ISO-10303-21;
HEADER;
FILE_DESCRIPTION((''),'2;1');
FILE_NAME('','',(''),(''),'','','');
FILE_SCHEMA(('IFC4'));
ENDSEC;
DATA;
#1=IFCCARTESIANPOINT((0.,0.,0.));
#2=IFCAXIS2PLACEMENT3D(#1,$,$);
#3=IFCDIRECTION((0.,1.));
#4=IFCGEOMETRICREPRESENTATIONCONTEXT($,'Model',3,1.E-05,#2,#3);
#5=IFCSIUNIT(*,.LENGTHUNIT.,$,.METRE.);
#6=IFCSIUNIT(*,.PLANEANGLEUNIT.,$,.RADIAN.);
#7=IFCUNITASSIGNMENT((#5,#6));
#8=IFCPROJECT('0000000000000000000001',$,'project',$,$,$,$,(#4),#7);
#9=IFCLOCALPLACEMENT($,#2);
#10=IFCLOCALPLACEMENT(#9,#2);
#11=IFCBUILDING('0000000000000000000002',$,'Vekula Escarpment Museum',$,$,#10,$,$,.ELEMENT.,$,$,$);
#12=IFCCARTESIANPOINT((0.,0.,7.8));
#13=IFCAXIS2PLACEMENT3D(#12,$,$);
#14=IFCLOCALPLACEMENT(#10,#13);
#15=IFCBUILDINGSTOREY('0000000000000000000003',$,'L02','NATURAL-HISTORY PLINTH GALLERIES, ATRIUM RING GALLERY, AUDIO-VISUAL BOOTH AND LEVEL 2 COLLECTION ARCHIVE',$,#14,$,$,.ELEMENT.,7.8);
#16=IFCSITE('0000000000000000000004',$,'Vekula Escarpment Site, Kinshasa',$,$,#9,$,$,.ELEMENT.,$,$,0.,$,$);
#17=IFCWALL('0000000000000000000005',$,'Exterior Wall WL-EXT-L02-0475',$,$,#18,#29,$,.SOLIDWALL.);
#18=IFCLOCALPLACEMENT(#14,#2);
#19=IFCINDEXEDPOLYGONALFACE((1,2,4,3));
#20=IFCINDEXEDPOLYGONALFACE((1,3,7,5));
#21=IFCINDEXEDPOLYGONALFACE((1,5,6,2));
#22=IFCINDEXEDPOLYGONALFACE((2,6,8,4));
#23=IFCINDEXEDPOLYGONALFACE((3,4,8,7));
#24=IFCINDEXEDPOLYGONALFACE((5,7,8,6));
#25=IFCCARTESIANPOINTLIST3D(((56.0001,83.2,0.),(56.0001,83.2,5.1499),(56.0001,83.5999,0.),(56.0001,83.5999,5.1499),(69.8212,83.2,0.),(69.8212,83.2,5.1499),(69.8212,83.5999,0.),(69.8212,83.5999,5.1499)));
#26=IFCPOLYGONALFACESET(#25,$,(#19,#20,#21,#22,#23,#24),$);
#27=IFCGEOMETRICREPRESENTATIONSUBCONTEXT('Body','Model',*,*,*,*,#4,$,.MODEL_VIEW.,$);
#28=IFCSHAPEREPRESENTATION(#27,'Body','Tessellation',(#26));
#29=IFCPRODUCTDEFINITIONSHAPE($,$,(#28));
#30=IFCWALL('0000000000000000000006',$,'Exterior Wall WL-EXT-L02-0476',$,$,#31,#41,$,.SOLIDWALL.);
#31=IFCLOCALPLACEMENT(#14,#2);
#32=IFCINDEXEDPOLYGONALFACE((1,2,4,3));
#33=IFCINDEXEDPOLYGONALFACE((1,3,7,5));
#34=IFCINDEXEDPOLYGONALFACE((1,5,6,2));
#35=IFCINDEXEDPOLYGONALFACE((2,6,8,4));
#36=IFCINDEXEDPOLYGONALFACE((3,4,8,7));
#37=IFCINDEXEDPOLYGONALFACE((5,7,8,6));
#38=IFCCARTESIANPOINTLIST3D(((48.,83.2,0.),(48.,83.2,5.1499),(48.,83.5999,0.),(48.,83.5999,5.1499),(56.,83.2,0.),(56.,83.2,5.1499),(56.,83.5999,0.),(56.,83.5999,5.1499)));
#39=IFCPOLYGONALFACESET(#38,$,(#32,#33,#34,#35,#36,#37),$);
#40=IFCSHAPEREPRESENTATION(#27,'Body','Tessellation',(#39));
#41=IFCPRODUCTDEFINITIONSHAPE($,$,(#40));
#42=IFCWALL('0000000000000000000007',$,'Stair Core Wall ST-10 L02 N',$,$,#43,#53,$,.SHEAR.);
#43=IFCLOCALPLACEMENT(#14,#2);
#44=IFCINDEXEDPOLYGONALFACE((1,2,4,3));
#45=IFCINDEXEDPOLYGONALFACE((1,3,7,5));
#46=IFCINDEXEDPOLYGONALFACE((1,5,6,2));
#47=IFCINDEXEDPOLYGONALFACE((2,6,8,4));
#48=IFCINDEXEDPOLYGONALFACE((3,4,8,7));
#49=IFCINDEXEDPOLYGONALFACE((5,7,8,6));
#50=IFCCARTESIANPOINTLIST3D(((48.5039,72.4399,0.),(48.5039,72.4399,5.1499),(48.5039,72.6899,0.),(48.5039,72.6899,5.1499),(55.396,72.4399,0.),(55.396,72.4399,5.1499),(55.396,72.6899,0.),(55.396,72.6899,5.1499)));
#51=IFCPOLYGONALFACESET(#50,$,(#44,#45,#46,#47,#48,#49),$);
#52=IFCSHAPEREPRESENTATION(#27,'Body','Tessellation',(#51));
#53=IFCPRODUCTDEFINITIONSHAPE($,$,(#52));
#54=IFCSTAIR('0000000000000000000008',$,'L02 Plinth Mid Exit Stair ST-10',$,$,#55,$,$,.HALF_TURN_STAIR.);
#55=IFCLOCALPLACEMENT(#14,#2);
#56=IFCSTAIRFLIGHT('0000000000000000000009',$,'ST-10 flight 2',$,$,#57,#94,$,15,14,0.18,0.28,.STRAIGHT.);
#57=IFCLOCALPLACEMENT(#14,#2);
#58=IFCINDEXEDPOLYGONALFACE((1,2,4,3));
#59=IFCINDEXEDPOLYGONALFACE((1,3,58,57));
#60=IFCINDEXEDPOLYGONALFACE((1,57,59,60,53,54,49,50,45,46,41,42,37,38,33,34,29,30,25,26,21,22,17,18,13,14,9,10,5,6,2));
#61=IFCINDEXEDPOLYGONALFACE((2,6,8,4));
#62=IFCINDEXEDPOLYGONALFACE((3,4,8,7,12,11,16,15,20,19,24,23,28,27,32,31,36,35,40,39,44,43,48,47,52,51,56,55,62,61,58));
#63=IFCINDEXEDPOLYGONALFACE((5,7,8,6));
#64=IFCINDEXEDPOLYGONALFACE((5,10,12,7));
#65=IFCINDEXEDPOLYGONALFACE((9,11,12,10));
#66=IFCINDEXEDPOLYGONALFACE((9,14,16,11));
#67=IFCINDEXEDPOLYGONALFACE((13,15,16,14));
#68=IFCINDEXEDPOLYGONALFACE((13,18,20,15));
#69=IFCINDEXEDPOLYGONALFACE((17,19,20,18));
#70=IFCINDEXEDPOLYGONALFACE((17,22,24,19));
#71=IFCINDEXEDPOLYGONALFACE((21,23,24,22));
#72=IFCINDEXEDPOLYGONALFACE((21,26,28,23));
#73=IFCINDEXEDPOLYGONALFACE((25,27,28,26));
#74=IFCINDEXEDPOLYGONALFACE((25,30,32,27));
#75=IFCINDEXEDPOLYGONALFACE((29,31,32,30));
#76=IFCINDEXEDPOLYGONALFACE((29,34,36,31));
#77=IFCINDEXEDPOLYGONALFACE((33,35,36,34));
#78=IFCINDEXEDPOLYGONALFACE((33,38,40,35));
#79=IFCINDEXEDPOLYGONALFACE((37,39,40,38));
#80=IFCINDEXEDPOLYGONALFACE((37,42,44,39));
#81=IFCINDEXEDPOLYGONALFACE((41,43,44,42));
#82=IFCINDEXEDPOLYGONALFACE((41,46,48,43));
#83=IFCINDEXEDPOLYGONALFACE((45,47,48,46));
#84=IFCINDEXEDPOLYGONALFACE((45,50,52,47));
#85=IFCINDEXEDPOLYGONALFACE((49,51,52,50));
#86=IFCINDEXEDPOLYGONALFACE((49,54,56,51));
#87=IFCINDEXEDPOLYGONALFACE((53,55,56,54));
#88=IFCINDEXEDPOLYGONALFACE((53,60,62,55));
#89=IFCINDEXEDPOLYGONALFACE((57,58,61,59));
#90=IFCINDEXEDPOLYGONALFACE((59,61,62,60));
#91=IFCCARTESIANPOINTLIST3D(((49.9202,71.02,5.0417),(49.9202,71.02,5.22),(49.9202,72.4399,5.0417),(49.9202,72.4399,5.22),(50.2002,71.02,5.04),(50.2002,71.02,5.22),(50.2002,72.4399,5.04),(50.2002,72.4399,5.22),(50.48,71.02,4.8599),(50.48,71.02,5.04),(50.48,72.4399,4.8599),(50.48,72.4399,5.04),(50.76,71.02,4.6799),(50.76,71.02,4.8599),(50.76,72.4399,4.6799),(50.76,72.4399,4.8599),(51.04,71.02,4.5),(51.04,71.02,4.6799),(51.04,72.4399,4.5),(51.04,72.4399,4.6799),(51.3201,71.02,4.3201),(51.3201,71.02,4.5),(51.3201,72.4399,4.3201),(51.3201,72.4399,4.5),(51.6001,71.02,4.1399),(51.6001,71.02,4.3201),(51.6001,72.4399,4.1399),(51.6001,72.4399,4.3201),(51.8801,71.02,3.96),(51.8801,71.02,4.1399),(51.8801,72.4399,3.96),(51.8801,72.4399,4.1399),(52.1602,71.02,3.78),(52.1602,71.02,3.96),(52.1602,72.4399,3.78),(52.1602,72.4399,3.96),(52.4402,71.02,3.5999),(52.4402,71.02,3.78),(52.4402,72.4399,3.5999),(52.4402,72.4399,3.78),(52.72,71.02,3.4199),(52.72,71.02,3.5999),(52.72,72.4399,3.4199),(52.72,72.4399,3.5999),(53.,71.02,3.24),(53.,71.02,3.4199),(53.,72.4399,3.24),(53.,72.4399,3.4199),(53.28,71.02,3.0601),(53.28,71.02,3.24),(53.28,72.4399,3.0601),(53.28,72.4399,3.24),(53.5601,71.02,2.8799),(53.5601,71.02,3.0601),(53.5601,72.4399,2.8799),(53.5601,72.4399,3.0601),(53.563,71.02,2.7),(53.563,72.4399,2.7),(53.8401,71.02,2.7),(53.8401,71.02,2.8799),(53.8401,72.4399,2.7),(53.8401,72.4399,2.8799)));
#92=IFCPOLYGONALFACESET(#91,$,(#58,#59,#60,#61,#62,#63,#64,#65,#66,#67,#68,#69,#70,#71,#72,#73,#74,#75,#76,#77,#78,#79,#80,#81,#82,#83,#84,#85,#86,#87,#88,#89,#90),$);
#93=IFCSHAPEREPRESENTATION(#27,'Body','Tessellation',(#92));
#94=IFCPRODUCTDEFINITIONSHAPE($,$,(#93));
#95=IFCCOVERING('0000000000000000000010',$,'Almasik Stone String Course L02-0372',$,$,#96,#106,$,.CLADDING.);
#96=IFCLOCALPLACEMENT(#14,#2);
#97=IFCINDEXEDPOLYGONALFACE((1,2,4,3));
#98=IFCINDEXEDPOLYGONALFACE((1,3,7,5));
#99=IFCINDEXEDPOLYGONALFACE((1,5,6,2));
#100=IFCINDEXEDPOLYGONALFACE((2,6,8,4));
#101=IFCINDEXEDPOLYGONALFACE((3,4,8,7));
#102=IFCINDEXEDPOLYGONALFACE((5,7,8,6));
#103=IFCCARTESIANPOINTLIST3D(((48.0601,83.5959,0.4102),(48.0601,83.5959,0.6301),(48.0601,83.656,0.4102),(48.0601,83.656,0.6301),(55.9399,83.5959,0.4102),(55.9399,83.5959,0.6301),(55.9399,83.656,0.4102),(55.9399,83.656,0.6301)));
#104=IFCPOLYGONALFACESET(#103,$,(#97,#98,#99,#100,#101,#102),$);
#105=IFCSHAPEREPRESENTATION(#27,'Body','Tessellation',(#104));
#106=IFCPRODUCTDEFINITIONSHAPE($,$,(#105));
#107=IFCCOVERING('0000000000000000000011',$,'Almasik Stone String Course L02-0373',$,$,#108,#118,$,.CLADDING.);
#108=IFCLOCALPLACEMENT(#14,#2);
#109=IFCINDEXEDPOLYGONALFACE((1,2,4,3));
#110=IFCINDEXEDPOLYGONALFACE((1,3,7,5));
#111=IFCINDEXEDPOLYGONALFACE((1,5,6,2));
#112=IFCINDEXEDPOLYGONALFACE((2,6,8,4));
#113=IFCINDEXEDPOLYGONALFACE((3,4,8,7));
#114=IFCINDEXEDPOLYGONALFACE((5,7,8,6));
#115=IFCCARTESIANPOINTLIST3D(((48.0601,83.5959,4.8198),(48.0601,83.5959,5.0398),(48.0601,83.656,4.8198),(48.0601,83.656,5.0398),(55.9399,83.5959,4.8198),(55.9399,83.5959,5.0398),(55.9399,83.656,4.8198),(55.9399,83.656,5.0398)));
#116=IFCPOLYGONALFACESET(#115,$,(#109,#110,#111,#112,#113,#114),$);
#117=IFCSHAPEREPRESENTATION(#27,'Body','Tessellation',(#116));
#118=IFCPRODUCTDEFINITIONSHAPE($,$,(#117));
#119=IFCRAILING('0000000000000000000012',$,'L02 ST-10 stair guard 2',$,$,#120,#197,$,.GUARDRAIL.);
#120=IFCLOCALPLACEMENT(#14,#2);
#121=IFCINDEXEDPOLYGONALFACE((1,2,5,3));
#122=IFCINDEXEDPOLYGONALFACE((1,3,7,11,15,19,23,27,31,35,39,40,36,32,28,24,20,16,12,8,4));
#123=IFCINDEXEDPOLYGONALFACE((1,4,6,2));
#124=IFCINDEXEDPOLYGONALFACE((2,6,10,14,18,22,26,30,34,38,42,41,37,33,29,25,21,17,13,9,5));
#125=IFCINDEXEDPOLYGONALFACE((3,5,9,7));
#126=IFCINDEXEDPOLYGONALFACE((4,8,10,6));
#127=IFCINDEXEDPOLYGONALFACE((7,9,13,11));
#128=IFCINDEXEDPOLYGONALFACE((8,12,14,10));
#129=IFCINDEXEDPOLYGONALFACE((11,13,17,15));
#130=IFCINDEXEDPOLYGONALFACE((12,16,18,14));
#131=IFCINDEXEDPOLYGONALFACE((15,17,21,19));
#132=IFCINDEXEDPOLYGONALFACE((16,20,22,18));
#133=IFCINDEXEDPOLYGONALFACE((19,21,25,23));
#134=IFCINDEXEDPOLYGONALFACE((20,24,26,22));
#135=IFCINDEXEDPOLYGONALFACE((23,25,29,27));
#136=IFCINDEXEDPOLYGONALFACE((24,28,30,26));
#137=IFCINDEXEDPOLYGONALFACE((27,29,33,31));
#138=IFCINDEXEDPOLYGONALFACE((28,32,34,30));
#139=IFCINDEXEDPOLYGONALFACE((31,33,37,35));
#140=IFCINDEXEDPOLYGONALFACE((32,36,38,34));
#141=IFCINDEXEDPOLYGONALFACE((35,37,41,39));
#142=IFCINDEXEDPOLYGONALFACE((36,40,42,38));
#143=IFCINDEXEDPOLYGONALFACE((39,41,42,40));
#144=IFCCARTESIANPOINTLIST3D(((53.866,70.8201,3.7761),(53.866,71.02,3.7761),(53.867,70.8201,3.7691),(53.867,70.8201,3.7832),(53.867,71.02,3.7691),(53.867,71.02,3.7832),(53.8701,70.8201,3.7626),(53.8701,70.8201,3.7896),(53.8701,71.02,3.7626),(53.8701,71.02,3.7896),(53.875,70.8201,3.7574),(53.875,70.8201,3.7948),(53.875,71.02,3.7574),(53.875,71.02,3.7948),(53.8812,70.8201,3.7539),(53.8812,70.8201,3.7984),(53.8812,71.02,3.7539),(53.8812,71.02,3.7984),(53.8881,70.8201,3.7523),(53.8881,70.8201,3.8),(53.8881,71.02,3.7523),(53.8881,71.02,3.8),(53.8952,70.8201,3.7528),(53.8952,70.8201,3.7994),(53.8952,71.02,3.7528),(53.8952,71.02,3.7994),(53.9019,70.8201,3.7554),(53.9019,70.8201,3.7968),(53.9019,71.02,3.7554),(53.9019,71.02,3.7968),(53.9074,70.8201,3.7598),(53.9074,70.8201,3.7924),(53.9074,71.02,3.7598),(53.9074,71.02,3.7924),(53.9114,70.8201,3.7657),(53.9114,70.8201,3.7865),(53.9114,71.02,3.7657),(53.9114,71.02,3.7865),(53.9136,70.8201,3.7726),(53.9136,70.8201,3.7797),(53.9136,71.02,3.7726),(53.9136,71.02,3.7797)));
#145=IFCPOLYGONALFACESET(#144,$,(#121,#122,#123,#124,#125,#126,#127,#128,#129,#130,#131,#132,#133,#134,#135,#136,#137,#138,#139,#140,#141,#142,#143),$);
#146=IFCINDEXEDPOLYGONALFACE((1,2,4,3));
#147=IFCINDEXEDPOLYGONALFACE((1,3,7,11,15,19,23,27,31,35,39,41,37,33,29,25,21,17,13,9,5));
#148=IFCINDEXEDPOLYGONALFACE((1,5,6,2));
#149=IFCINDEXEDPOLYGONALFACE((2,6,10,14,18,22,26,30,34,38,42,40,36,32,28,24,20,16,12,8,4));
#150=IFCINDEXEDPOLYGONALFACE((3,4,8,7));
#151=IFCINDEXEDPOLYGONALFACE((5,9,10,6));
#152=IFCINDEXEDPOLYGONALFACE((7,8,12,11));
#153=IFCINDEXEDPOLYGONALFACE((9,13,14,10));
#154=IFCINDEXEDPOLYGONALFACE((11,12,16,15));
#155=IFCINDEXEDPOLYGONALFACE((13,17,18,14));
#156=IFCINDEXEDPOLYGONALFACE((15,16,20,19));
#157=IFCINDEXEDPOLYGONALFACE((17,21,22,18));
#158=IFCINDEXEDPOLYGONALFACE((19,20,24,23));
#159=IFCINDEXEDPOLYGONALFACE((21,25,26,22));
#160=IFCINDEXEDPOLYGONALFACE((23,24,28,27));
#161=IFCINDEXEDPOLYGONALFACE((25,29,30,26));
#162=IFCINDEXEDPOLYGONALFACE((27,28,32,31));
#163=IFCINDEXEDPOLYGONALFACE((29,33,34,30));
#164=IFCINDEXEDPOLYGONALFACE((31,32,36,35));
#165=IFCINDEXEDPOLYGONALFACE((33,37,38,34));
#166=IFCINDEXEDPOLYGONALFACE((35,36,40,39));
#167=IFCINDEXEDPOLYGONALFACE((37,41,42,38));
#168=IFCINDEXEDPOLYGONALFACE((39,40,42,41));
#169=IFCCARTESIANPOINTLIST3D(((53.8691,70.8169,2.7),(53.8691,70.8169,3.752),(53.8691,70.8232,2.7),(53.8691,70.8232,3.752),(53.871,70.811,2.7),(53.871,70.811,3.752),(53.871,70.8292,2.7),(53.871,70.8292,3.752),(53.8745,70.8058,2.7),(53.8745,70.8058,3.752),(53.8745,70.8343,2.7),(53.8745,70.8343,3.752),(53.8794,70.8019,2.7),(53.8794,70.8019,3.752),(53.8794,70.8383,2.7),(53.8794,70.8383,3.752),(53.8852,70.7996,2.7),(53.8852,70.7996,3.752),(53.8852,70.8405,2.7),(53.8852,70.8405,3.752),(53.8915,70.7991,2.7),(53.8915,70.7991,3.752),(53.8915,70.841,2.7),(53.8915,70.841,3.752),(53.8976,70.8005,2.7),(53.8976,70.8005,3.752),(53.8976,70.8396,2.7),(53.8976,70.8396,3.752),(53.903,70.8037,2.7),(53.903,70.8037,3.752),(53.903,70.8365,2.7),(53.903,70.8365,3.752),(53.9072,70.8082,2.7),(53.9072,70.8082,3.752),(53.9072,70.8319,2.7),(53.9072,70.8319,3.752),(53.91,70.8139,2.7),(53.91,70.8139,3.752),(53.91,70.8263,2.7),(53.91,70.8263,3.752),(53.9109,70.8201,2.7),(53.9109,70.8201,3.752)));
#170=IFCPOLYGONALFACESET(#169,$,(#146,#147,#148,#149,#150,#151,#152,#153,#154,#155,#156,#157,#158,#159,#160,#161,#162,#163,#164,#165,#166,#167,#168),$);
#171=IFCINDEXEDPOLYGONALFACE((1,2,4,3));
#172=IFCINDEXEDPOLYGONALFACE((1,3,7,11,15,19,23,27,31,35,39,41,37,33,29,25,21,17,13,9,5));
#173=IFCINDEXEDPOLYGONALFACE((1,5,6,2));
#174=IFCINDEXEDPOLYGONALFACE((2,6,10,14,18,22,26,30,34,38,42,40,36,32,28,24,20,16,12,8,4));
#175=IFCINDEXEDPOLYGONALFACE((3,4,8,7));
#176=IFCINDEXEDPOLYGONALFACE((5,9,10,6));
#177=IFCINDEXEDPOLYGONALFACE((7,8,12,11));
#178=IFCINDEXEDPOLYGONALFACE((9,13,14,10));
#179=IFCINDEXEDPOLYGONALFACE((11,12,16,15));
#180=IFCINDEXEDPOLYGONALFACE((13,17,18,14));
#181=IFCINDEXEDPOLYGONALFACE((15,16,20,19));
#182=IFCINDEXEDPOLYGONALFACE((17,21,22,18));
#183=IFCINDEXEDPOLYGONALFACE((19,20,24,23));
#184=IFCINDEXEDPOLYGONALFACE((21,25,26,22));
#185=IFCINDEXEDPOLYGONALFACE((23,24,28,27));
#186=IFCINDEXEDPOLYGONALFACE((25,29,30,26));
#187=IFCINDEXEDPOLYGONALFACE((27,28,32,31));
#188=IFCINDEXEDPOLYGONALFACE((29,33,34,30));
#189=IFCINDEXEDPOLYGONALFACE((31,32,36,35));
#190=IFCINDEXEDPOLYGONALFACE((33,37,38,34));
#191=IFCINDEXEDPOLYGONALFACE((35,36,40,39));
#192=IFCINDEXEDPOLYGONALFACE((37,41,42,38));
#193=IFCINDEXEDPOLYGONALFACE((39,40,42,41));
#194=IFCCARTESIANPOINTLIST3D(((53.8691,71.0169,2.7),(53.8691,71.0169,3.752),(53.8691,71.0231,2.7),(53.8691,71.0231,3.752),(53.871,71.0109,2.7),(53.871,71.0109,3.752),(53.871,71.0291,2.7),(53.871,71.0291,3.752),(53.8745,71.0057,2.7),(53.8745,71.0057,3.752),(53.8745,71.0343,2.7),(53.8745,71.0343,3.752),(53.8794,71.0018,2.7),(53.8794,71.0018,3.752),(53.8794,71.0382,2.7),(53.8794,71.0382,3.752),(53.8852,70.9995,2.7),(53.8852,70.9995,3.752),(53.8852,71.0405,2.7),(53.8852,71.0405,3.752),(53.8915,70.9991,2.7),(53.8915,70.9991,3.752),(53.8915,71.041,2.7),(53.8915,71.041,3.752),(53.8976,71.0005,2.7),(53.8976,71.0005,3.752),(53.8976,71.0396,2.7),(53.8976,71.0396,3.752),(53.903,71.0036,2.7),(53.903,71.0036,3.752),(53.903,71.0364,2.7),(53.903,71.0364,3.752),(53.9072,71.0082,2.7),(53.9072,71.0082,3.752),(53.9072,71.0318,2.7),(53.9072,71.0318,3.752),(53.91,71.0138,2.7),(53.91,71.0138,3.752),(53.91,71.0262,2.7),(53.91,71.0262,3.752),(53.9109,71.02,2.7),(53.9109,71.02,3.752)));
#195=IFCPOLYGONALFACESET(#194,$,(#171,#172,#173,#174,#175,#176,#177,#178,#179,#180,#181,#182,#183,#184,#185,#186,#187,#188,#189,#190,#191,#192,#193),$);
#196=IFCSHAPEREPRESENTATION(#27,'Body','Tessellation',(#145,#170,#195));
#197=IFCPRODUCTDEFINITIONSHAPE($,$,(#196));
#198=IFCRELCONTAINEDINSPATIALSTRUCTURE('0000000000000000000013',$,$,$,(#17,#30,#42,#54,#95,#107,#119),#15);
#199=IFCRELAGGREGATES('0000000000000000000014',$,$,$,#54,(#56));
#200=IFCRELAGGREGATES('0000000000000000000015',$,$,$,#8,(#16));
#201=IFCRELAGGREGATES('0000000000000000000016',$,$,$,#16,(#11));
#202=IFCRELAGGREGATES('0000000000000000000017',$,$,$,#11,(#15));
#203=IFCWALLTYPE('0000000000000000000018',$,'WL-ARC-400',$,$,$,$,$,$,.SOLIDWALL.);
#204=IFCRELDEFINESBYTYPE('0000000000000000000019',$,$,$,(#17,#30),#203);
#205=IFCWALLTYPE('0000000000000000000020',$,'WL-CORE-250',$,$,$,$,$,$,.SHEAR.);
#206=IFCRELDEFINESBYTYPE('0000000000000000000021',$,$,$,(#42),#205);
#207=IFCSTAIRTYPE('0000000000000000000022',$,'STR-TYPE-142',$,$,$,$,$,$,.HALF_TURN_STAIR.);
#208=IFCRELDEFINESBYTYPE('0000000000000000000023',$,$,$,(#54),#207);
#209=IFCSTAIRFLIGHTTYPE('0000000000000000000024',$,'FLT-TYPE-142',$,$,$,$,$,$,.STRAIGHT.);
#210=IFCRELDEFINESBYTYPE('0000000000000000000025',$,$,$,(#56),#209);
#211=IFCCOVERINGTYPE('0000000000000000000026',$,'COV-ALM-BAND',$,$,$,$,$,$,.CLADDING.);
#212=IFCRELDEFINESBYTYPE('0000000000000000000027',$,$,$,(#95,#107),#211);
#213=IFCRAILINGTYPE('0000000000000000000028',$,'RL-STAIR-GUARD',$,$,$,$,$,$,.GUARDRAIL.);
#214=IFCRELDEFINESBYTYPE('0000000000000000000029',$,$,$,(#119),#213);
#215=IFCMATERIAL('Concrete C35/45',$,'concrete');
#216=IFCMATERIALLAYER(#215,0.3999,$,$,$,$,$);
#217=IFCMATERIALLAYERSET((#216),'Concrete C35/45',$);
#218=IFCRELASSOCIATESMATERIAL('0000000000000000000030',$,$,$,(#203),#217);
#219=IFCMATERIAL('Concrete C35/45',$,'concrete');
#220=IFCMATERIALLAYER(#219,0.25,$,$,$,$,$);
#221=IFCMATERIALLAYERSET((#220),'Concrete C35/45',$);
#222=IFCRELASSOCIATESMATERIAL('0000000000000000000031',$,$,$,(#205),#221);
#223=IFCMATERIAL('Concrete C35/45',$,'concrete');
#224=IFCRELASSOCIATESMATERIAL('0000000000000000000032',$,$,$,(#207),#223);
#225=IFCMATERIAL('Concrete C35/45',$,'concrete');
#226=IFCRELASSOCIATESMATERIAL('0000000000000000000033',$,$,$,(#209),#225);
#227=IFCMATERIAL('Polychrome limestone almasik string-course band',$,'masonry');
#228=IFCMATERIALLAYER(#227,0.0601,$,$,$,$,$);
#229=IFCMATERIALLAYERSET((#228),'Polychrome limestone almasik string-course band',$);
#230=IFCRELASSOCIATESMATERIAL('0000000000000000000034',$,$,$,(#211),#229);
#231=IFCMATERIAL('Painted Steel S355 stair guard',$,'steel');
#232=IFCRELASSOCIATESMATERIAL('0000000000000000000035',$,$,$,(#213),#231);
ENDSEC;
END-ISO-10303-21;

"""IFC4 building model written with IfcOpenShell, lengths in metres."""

from ifc_helpers import new_model, si_unit, direction, frame, frame_2d, origin, origin_2d, place, context, subcontext, project, spatial, polyline, rectangle, circle, outline, extrude, material, layer, layer_set, type_object, element, aggregate, save


model = new_model("IFC4")

# Units and contexts
model_context = context("Model", 3, precision=1e-05, world=origin(), true_north=direction((0.0, 1.0)))
body_context = subcontext(model_context, "Body", "Model", "MODEL_VIEW")
ifc_project = project(units=[si_unit("LENGTHUNIT", "METRE"), si_unit("PLANEANGLEUNIT", "RADIAN")], contexts=[model_context])

# Site, building, storey
site_placement = place(None, origin())
site = spatial("IfcSite", under=ifc_project, at=site_placement, Name="Vekula Escarpment Site, Kinshasa", CompositionType="ELEMENT", RefElevation=0.0)
building_placement = place(site_placement, origin())
building = spatial("IfcBuilding", under=site, at=building_placement, Name="Vekula Escarpment Museum", CompositionType="ELEMENT")
storey_placement = place(building_placement, frame((0.0, 0.0, 7.8)))
storey = spatial("IfcBuildingStorey", under=building, at=storey_placement, Name="L02", Description="NATURAL-HISTORY PLINTH GALLERIES, ATRIUM RING GALLERY, AUDIO-VISUAL BOOTH AND LEVEL 2 COLLECTION ARCHIVE", CompositionType="ELEMENT", Elevation=7.8)

# Walls
ifc_material_1 = material(Name="Concrete C35/45", Category="concrete")
ifc_layer_1 = layer(ifc_material_1, 0.3999)
ifc_layer_set_1 = layer_set([ifc_layer_1], Name="Concrete C35/45")
wall_type_1 = type_object("IfcWallType", Name="WL-ARC-400", PredefinedType="SOLIDWALL", material=ifc_layer_set_1)
wall_1_placement = place(storey_placement, frame((56.0, 83.3999, 0.0), z_axis=(0.0, 0.0, 1.0), x_axis=(1.0, 0.0, 0.0)))
element("IfcWall", 1, at=wall_1_placement, inside=storey, type_object=wall_type_1, Name="Exterior Wall WL-EXT-L02-0475", PredefinedType="SOLIDWALL", context=body_context, shape_type="SweptSolid", body=[
    extrude(rectangle(XDim=13.821, YDim=0.3999, at=frame_2d((6.9106, 0.0))), origin(), (0.0, 0.0, 1.0), 5.1499),
])
wall_2_placement = place(storey_placement, frame((48.0, 83.3999, 0.0), z_axis=(0.0, 0.0, 1.0), x_axis=(1.0, 0.0, 0.0)))
element("IfcWall", 2, at=wall_2_placement, inside=storey, type_object=wall_type_1, Name="Exterior Wall WL-EXT-L02-0476", PredefinedType="SOLIDWALL", context=body_context, shape_type="SweptSolid", body=[
    extrude(rectangle(XDim=8.0, YDim=0.3999, at=frame_2d((4.0, 0.0))), origin(), (0.0, 0.0, 1.0), 5.1499),
])
ifc_material_2 = material(Name="Concrete C35/45", Category="concrete")
ifc_layer_2 = layer(ifc_material_2, 0.25)
ifc_layer_set_2 = layer_set([ifc_layer_2], Name="Concrete C35/45")
wall_type_2 = type_object("IfcWallType", Name="WL-CORE-250", PredefinedType="SHEAR", material=ifc_layer_set_2)
wall_3_placement = place(storey_placement, frame((48.5039, 72.5649, 0.0), z_axis=(0.0, 0.0, 1.0), x_axis=(1.0, 0.0, 0.0)))
element("IfcWall", 3, at=wall_3_placement, inside=storey, type_object=wall_type_2, Name="Stair Core Wall ST-10 L02 N", PredefinedType="SHEAR", context=body_context, shape_type="SweptSolid", body=[
    extrude(rectangle(XDim=6.8921, YDim=0.25, at=frame_2d((3.446, 0.0))), origin(), (0.0, 0.0, 1.0), 5.1499),
])

# Stair, stair flight
ifc_material_3 = material(Name="Concrete C35/45", Category="concrete")
stair_type = type_object("IfcStairType", Name="STR-TYPE-142", PredefinedType="HALF_TURN_STAIR", material=ifc_material_3)
stair_placement = place(storey_placement, origin())
stair = element("IfcStair", 4, at=stair_placement, inside=storey, type_object=stair_type, Name="L02 Plinth Mid Exit Stair ST-10", PredefinedType="HALF_TURN_STAIR")
ifc_material_4 = material(Name="Concrete C35/45", Category="concrete")
stair_flight_type = type_object("IfcStairFlightType", Name="FLT-TYPE-142", PredefinedType="STRAIGHT", material=ifc_material_4)
stair_flight_placement = place(storey_placement, frame((53.8401, 71.73, 2.7), z_axis=(0.0, 0.0, 1.0), x_axis=(-1.0, 0.0, 0.0)))
stair_flight = element("IfcStairFlight", 5, at=stair_flight_placement, type_object=stair_flight_type, Name="ST-10 flight 2", NumberOfRisers=15, NumberOfTreads=14, PredefinedType="STRAIGHT", RiserHeight=0.18, TreadLength=0.28, context=body_context, shape_type="SweptSolid", body=[
    extrude(outline(polyline([(0.0, 0.0), (0.0, 0.1799), (0.28, 0.1799), (0.28, 0.3601), (0.5601, 0.3601), (0.5601, 0.54), (0.8401, 0.54), (0.8401, 0.72), (1.1201, 0.72), (1.1201, 0.8999), (1.3999, 0.8999), (1.3999, 1.0801), (1.6799, 1.0801), (1.6799, 1.26), (1.96, 1.26), (1.96, 1.4399), (2.24, 1.4399), (2.24, 1.6201), (2.52, 1.6201), (2.52, 1.8), (2.8, 1.8), (2.8, 1.98), (3.0801, 1.98), (3.0801, 2.1599), (3.3601, 2.1599), (3.3601, 2.3401), (3.6399, 2.3401), (3.6399, 2.52), (3.9199, 2.52), (3.9199, 2.7), (3.9199, 2.3418), (0.2771, 0.0), (0.0, 0.0)])), frame((0.0, 0.71, 0.0), z_axis=(0.0, -1.0, 0.0), x_axis=(1.0, 0.0, 0.0)), (0.0, 0.0, 1.0), 1.4199),
])
aggregate(stair, [stair_flight])

# Coverings
ifc_material_5 = material(Name="Polychrome limestone almasik string-course band", Category="masonry")
ifc_layer_3 = layer(ifc_material_5, 0.0601)
ifc_layer_set_3 = layer_set([ifc_layer_3], Name="Polychrome limestone almasik string-course band")
covering_type = type_object("IfcCoveringType", Name="COV-ALM-BAND", PredefinedType="CLADDING", material=ifc_layer_set_3)
for number, where, z_axis, x_axis, name in (
    (6, (52.0, 83.626, 0.4102), (0.0, 0.0, 1.0), (1.0, 0.0, 0.0), "Almasik Stone String Course L02-0372"),
    (7, (52.0, 83.626, 4.8198), (0.0, 0.0, 1.0), (1.0, 0.0, 0.0), "Almasik Stone String Course L02-0373"),
):
    element("IfcCovering", number, at=place(storey_placement, frame(where, z_axis=z_axis, x_axis=x_axis)), inside=storey, type_object=covering_type, Name=name, PredefinedType="CLADDING", context=body_context, shape_type="SweptSolid", body=[
        extrude(rectangle(XDim=7.8799, YDim=0.0601, at=origin_2d()), origin(), (0.0, 0.0, 1.0), 0.22),
    ])

# Railing
ifc_material_6 = material(Name="Painted Steel S355 stair guard", Category="steel")
railing_type_1 = type_object("IfcRailingType", Name="RL-STAIR-GUARD", PredefinedType="GUARDRAIL", material=ifc_material_6)
railing_1_placement = place(storey_placement, frame((53.8899, 70.8201, 2.7)))
element("IfcRailing", 8, at=railing_1_placement, inside=storey, type_object=railing_type_1, Name="L02 ST-10 stair guard 2", PredefinedType="GUARDRAIL", context=body_context, shape_type="SweptSolid", body=[
    extrude(circle(Radius=0.0239, at=origin_2d()), frame((0.0, 0.0, 1.0762), z_axis=(0.0, 1.0, 0.0), x_axis=(-1.0, 0.0, 0.0)), (0.0, 0.0, 1.0), 0.2),
    extrude(circle(Radius=0.021, at=origin_2d()), origin(), (0.0, 0.0, 1.0), 1.052),
    extrude(circle(Radius=0.021, at=origin_2d()), frame((0.0, 0.2, 0.0)), (0.0, 0.0, 1.0), 1.052),
])

save(model, "model.ifc")
